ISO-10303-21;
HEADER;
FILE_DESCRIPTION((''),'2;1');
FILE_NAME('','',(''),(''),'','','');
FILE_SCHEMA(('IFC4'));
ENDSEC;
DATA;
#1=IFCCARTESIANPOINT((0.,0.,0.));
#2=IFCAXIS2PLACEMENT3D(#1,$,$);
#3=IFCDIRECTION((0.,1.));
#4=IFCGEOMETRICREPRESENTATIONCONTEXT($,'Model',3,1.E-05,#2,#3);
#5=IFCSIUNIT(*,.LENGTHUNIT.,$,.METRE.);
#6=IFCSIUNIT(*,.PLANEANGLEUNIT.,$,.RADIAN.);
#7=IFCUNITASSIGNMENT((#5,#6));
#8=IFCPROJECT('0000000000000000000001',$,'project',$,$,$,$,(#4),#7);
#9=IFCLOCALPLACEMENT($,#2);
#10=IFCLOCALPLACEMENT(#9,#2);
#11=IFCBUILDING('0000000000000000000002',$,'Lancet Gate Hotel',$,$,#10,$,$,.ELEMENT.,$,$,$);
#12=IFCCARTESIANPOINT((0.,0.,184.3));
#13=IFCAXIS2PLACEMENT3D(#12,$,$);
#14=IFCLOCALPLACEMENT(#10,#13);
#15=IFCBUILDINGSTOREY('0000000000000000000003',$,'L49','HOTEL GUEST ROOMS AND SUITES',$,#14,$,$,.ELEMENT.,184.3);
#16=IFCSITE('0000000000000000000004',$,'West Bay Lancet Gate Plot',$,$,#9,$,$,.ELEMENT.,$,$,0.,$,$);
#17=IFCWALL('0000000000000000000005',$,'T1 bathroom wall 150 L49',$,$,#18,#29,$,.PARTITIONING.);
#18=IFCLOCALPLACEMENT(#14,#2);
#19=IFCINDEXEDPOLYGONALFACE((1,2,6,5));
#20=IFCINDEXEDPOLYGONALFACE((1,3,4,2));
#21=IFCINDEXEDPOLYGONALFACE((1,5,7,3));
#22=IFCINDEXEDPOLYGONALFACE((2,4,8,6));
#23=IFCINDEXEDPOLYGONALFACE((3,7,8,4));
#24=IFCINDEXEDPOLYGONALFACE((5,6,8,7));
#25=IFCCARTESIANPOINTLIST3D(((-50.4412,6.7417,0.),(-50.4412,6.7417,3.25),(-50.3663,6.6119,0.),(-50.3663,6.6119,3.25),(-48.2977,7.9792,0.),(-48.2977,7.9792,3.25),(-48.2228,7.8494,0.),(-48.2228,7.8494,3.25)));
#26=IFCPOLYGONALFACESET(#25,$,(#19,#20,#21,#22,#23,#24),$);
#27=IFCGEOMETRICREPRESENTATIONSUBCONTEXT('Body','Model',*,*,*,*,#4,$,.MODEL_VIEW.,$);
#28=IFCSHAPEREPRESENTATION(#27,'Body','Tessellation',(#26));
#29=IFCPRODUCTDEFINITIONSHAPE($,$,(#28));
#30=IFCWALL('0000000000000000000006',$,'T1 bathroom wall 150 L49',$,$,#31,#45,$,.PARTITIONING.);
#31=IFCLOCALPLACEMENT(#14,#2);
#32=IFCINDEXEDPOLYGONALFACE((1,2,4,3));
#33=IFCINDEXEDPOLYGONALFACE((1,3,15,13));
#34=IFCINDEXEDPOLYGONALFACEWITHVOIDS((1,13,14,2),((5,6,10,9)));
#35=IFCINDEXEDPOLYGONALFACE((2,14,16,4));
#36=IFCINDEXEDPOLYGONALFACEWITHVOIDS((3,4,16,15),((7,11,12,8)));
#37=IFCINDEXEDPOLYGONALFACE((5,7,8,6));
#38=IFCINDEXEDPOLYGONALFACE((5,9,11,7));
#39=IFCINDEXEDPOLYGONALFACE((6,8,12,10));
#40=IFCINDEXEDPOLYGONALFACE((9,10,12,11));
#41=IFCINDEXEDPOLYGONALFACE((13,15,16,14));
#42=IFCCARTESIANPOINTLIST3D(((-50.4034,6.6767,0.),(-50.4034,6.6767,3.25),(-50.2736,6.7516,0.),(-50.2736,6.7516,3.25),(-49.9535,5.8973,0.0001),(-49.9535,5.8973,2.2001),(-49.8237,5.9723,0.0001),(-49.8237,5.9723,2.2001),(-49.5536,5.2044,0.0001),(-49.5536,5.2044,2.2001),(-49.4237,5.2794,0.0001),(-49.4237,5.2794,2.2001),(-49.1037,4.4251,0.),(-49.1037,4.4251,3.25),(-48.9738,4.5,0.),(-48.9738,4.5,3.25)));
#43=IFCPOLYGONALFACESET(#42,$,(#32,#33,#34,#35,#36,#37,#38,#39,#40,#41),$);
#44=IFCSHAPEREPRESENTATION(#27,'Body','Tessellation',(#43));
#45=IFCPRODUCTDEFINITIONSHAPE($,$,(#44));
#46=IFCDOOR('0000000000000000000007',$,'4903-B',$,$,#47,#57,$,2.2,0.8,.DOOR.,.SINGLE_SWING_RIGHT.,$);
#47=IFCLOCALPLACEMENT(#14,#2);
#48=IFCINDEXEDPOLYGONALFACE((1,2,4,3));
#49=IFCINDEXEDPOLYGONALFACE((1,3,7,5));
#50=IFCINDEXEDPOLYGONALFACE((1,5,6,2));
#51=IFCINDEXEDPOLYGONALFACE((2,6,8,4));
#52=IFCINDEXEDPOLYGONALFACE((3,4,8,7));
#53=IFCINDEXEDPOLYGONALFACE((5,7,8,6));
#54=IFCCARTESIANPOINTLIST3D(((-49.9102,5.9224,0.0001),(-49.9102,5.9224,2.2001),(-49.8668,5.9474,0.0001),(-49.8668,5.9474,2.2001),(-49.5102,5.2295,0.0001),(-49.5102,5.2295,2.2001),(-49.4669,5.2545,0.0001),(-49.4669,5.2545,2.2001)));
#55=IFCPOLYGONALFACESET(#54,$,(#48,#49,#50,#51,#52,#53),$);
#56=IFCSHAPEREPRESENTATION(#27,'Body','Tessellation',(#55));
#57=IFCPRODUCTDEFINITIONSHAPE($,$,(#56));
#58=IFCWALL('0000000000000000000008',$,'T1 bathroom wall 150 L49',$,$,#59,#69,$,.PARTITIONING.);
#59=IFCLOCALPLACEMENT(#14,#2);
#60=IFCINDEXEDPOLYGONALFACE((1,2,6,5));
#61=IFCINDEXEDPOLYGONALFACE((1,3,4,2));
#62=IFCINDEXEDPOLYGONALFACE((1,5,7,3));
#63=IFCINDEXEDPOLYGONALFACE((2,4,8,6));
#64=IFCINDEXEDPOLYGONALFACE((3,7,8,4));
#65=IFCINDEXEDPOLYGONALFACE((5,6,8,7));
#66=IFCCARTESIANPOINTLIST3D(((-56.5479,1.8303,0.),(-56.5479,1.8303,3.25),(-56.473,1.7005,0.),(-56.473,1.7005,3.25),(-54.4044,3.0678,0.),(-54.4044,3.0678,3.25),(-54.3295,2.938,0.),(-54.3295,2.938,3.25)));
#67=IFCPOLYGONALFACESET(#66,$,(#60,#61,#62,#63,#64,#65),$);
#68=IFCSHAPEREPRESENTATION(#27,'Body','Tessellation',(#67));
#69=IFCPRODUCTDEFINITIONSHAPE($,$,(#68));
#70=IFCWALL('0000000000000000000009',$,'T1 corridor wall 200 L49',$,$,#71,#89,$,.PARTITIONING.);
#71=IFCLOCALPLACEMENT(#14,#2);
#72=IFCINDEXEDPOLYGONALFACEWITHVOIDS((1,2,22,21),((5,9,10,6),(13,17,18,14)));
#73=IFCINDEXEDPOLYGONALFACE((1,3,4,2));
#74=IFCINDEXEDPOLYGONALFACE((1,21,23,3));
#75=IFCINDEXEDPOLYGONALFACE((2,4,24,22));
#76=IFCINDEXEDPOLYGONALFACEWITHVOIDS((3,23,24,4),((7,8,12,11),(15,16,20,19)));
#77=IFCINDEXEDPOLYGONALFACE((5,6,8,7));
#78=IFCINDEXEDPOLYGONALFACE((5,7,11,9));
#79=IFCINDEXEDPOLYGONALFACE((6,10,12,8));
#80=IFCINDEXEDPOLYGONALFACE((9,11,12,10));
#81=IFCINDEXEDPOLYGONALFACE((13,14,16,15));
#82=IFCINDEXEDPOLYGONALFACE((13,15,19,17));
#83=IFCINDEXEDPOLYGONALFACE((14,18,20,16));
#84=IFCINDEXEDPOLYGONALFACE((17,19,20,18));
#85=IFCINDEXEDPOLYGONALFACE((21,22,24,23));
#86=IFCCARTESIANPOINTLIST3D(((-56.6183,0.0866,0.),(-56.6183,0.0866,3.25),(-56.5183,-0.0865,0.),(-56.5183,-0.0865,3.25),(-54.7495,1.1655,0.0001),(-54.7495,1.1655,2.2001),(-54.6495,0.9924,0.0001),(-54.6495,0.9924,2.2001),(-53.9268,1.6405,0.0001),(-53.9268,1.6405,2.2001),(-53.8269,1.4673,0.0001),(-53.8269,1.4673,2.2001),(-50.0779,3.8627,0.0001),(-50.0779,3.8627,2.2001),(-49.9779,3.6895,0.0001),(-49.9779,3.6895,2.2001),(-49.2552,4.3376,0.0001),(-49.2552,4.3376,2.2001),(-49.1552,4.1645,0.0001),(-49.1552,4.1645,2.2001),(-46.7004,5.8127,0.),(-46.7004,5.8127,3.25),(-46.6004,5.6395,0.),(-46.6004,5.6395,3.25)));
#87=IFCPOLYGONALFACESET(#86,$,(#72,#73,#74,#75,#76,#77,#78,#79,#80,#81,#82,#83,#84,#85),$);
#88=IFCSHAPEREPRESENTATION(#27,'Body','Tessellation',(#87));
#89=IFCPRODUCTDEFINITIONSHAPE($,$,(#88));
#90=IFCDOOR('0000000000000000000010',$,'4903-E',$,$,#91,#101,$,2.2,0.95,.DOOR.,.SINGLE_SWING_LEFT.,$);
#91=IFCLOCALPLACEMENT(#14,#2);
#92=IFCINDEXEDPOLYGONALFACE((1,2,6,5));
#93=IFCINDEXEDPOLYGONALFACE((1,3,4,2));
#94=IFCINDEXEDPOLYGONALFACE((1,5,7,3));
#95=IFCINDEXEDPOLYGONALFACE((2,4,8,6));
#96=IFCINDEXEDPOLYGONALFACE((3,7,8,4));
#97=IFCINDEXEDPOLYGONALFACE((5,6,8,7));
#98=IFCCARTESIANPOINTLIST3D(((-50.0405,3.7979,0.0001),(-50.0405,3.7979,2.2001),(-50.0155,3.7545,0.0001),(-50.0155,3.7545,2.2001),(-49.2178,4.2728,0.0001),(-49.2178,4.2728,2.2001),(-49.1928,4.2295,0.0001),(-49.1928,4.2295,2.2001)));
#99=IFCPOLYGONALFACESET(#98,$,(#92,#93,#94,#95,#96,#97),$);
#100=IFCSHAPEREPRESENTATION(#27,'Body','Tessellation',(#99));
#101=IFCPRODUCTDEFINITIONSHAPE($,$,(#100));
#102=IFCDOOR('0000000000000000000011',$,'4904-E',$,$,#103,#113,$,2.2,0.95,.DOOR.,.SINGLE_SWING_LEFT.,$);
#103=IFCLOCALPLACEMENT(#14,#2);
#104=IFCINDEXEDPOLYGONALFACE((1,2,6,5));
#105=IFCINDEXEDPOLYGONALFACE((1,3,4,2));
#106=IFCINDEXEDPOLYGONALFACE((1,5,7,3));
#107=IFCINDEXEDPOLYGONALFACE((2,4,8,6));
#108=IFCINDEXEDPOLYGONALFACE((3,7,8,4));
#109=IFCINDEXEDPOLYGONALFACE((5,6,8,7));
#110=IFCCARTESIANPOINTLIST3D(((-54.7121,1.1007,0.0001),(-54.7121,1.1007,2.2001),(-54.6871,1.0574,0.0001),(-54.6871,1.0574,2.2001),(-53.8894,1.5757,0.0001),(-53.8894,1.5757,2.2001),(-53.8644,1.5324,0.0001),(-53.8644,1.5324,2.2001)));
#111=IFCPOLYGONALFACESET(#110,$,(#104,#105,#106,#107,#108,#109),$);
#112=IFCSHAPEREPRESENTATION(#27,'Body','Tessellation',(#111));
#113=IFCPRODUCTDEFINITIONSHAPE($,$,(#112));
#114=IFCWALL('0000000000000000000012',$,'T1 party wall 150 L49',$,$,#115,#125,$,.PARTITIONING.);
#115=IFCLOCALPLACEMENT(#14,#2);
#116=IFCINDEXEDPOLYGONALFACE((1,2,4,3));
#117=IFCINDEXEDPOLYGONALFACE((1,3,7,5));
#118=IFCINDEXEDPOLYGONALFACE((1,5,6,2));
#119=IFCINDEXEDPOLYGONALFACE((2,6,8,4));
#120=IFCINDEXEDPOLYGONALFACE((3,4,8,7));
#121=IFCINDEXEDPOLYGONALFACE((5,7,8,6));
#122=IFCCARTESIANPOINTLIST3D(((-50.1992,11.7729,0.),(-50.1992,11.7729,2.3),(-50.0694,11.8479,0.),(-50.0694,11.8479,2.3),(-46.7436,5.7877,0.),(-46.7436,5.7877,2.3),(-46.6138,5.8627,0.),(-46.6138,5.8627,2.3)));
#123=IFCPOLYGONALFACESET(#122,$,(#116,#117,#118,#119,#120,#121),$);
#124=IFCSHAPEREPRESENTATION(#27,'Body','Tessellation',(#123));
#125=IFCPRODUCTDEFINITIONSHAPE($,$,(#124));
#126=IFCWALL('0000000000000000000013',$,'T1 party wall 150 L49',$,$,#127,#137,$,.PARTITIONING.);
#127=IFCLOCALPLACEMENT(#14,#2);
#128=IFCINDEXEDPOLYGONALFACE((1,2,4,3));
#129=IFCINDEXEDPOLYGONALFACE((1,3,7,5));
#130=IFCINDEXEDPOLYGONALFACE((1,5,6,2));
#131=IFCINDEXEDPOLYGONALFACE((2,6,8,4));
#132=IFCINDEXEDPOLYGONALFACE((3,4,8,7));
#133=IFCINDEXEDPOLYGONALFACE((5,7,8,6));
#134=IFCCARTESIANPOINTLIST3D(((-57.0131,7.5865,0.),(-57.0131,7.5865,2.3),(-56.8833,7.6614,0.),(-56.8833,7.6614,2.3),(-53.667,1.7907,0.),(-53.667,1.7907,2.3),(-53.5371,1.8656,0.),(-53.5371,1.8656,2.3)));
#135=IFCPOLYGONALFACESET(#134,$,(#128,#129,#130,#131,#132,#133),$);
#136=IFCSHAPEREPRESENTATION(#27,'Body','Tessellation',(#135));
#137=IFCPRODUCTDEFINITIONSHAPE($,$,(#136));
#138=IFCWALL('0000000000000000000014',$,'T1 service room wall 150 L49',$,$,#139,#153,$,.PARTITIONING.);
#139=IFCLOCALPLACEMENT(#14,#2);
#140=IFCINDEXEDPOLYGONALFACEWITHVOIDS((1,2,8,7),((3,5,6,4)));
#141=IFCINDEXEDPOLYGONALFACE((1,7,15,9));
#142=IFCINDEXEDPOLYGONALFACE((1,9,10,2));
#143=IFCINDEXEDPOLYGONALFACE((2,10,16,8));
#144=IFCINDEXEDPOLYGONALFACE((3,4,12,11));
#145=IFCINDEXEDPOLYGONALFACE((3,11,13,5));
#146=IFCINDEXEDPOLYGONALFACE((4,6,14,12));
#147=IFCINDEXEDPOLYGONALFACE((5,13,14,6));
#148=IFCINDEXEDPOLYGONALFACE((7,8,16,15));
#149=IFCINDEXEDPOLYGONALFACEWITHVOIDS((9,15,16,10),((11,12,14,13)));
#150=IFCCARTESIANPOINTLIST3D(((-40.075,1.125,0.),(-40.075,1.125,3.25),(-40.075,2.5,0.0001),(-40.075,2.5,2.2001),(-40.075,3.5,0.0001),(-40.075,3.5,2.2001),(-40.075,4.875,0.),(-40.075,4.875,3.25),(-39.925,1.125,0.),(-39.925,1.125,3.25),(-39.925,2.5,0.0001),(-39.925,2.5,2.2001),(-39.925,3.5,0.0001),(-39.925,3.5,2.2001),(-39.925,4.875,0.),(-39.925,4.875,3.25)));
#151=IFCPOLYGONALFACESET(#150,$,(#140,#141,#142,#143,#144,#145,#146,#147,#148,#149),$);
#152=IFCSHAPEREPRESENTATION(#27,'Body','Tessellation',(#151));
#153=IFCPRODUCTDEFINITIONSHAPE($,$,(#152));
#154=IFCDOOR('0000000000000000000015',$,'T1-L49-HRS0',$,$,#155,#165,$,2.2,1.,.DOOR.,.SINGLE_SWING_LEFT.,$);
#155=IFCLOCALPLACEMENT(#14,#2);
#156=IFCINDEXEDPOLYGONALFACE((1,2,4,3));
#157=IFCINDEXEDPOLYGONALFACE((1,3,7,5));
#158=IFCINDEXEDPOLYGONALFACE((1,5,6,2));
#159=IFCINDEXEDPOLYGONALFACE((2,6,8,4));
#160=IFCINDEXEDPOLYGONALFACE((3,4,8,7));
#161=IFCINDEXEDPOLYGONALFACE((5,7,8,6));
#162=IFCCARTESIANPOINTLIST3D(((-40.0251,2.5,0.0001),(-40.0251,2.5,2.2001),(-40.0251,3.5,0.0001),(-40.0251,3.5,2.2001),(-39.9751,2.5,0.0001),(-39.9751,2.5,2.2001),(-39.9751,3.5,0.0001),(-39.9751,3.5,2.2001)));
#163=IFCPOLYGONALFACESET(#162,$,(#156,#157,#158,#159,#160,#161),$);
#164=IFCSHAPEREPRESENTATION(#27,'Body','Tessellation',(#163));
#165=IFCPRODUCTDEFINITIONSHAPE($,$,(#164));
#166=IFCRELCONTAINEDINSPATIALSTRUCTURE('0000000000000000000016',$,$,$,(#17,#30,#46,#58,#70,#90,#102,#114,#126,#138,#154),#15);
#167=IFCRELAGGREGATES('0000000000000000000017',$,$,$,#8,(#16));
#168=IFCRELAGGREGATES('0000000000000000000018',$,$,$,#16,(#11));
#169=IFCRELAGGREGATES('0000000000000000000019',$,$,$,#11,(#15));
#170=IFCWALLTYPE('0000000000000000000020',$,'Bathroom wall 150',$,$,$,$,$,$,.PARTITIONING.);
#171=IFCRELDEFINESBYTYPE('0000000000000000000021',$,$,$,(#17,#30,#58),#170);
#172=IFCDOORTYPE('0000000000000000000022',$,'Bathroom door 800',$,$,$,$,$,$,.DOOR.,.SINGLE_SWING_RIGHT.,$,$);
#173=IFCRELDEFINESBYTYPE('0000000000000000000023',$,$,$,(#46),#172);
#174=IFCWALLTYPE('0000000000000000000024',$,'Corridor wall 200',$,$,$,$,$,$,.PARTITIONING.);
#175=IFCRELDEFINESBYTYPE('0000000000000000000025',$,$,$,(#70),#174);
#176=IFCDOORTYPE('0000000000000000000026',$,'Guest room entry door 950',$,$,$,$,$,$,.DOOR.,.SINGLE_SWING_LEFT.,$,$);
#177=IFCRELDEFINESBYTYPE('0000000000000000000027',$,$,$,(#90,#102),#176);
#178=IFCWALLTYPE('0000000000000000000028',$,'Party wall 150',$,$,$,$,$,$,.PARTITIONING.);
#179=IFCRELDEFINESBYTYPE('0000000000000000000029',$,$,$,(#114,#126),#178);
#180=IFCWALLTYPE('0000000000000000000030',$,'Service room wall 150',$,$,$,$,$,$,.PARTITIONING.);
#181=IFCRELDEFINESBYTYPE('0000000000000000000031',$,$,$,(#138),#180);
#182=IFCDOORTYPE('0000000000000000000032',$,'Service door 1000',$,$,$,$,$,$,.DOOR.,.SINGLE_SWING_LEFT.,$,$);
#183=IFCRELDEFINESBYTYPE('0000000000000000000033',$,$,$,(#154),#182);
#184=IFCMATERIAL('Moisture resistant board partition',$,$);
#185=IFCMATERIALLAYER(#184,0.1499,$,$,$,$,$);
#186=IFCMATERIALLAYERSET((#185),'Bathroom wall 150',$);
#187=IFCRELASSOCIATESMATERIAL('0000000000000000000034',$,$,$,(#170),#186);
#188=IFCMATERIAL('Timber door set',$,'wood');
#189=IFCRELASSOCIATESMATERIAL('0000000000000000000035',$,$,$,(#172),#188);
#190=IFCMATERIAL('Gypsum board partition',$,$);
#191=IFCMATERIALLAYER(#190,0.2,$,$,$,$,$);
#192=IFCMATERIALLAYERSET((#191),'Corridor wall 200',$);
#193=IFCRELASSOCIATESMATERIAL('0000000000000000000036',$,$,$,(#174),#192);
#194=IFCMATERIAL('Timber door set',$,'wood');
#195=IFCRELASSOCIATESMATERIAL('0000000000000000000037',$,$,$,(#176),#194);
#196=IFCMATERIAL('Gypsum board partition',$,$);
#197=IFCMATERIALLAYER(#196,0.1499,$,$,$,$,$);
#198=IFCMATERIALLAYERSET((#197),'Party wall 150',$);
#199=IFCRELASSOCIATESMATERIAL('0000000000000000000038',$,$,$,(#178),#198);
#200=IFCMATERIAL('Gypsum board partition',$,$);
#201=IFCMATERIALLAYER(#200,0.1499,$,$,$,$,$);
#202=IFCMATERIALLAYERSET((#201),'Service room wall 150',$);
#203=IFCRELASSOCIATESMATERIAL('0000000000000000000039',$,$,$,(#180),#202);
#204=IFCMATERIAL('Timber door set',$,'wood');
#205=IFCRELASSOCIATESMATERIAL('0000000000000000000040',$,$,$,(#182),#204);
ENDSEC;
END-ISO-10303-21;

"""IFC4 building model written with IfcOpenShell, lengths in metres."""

from ifc_helpers import new_model, si_unit, direction, frame, frame_2d, origin, place, context, subcontext, project, spatial, rectangle, extrude, material, layer, layer_set, type_object, element, fill, save


model = new_model("IFC4")

# Units and contexts
model_context = context("Model", 3, precision=1e-05, world=origin(), true_north=direction((0.0, 1.0)))
body_context = subcontext(model_context, "Body", "Model", "MODEL_VIEW")
ifc_project = project(units=[si_unit("LENGTHUNIT", "METRE"), si_unit("PLANEANGLEUNIT", "RADIAN")], contexts=[model_context])

# Site, building, storey
site_placement = place(None, origin())
site = spatial("IfcSite", under=ifc_project, at=site_placement, Name="West Bay Lancet Gate Plot", CompositionType="ELEMENT", RefElevation=0.0)
building_placement = place(site_placement, origin())
building = spatial("IfcBuilding", under=site, at=building_placement, Name="Lancet Gate Hotel", CompositionType="ELEMENT")
storey_placement = place(building_placement, frame((0.0, 0.0, 184.3)))
storey = spatial("IfcBuildingStorey", under=building, at=storey_placement, Name="L49", Description="HOTEL GUEST ROOMS AND SUITES", CompositionType="ELEMENT", Elevation=184.3)

# Wall
ifc_material_1 = material(Name="Moisture resistant board partition")
ifc_layer_1 = layer(ifc_material_1, 0.1499)
ifc_layer_set_1 = layer_set([ifc_layer_1], Name="Bathroom wall 150")
wall_type_1 = type_object("IfcWallType", Name="Bathroom wall 150", PredefinedType="PARTITIONING", material=ifc_layer_set_1)
wall_1_placement = place(storey_placement, frame((-48.2603, 7.9143, 0.0), z_axis=(0.0, 0.0, 1.0), x_axis=(-0.866031, -0.49999, 0.0)))
element("IfcWall", 1, at=wall_1_placement, inside=storey, type_object=wall_type_1, Name="T1 bathroom wall 150 L49", PredefinedType="PARTITIONING", context=body_context, shape_type="SweptSolid", body=[
    extrude(rectangle(XDim=2.4751, YDim=0.1499, at=frame_2d((1.2375, 0.0))), origin(), (0.0, 0.0, 1.0), 3.25),
])

# Wall, opening, door
wall_2_placement = place(storey_placement, frame((-49.0388, 4.4626, 0.0), z_axis=(0.0, 0.0, 1.0), x_axis=(-0.499937, 0.866062, 0.0)))
wall_2 = element("IfcWall", 2, at=wall_2_placement, inside=storey, type_object=wall_type_1, Name="T1 bathroom wall 150 L49", PredefinedType="PARTITIONING", context=body_context, shape_type="SweptSolid", body=[
    extrude(rectangle(XDim=2.5999, YDim=0.1499, at=frame_2d((1.2998, 0.0))), origin(), (0.0, 0.0, 1.0), 3.25),
])
opening_1_placement = place(wall_2_placement, frame((0.8999, 0.0, 0.0)))
opening_1 = element("IfcOpeningElement", 3, at=opening_1_placement, cuts=wall_2, PredefinedType="OPENING", context=body_context, shape_type="SweptSolid", body=[
    extrude(rectangle(XDim=0.8, YDim=2.2, at=frame_2d((0.3999, 1.1001))), frame((0.0, 0.085, 0.0), z_axis=(0.0, -1.0, 0.0), x_axis=(1.0, 0.0, 0.0)), (0.0, 0.0, 1.0), 0.1699),
])
ifc_material_2 = material(Name="Timber door set", Category="wood")
door_type_1 = type_object("IfcDoorType", Name="Bathroom door 800", OperationType="SINGLE_SWING_RIGHT", PredefinedType="DOOR", material=ifc_material_2)
door_1_placement = place(opening_1_placement, origin())
door_1 = element("IfcDoor", 4, at=door_1_placement, inside=storey, type_object=door_type_1, Name="4903-B", OperationType="SINGLE_SWING_RIGHT", OverallHeight=2.2, OverallWidth=0.8, PredefinedType="DOOR", context=body_context, shape_type="SweptSolid", body=[
    extrude(rectangle(XDim=0.8, YDim=2.2, at=frame_2d((0.3999, 1.1001))), frame((0.0, 0.0249, 0.0), z_axis=(0.0, -1.0, 0.0), x_axis=(1.0, 0.0, 0.0)), (0.0, 0.0, 1.0), 0.05),
])
fill(opening_1, door_1)

# Wall
wall_3_placement = place(storey_placement, frame((-54.3669, 3.0029, 0.0), z_axis=(0.0, 0.0, 1.0), x_axis=(-0.866031, -0.49999, 0.0)))
element("IfcWall", 5, at=wall_3_placement, inside=storey, type_object=wall_type_1, Name="T1 bathroom wall 150 L49", PredefinedType="PARTITIONING", context=body_context, shape_type="SweptSolid", body=[
    extrude(rectangle(XDim=2.4751, YDim=0.1499, at=frame_2d((1.2375, 0.0))), origin(), (0.0, 0.0, 1.0), 3.25),
])

# Wall, openings, doors
ifc_material_3 = material(Name="Gypsum board partition")
ifc_layer_2 = layer(ifc_material_3, 0.2)
ifc_layer_set_2 = layer_set([ifc_layer_2], Name="Corridor wall 200")
wall_type_2 = type_object("IfcWallType", Name="Corridor wall 200", PredefinedType="PARTITIONING", material=ifc_layer_set_2)
wall_4_placement = place(storey_placement, frame((-46.6504, 5.7261, 0.0), z_axis=(0.0, 0.0, 1.0), x_axis=(-0.866028, -0.499996, 0.0)))
wall_4 = element("IfcWall", 6, at=wall_4_placement, inside=storey, type_object=wall_type_2, Name="T1 corridor wall 200 L49", PredefinedType="PARTITIONING", context=body_context, shape_type="SweptSolid", body=[
    extrude(rectangle(XDim=11.4521, YDim=0.2, at=frame_2d((5.7261, 0.0))), origin(), (0.0, 0.0, 1.0), 3.25),
])
opening_2_placement = place(wall_4_placement, frame((2.95, 0.0, 0.0)))
opening_2 = element("IfcOpeningElement", 7, at=opening_2_placement, cuts=wall_4, PredefinedType="OPENING", context=body_context, shape_type="SweptSolid", body=[
    extrude(rectangle(XDim=0.95, YDim=2.2, at=frame_2d((0.4751, 1.1001))), frame((0.0, 0.1099, 0.0), z_axis=(0.0, -1.0, 0.0), x_axis=(1.0, 0.0, 0.0)), (0.0, 0.0, 1.0), 0.22),
])
opening_3_placement = place(wall_4_placement, frame((8.3442, 0.0, 0.0)))
opening_3 = element("IfcOpeningElement", 8, at=opening_3_placement, cuts=wall_4, PredefinedType="OPENING", context=body_context, shape_type="SweptSolid", body=[
    extrude(rectangle(XDim=0.95, YDim=2.2, at=frame_2d((0.4751, 1.1001))), frame((0.0, 0.1099, 0.0), z_axis=(0.0, -1.0, 0.0), x_axis=(1.0, 0.0, 0.0)), (0.0, 0.0, 1.0), 0.22),
])
ifc_material_4 = material(Name="Timber door set", Category="wood")
door_type_2 = type_object("IfcDoorType", Name="Guest room entry door 950", OperationType="SINGLE_SWING_LEFT", PredefinedType="DOOR", material=ifc_material_4)
door_2_placement = place(opening_2_placement, origin())
door_2 = element("IfcDoor", 9, at=door_2_placement, inside=storey, type_object=door_type_2, Name="4903-E", OperationType="SINGLE_SWING_LEFT", OverallHeight=2.2, OverallWidth=0.95, PredefinedType="DOOR", context=body_context, shape_type="SweptSolid", body=[
    extrude(rectangle(XDim=0.95, YDim=2.2, at=frame_2d((0.4751, 1.1001))), frame((0.0, 0.0249, 0.0), z_axis=(0.0, -1.0, 0.0), x_axis=(1.0, 0.0, 0.0)), (0.0, 0.0, 1.0), 0.05),
])
fill(opening_2, door_2)
door_3_placement = place(opening_3_placement, origin())
door_3 = element("IfcDoor", 10, at=door_3_placement, inside=storey, type_object=door_type_2, Name="4904-E", OperationType="SINGLE_SWING_LEFT", OverallHeight=2.2, OverallWidth=0.95, PredefinedType="DOOR", context=body_context, shape_type="SweptSolid", body=[
    extrude(rectangle(XDim=0.95, YDim=2.2, at=frame_2d((0.4751, 1.1001))), frame((0.0, 0.0249, 0.0), z_axis=(0.0, -1.0, 0.0), x_axis=(1.0, 0.0, 0.0)), (0.0, 0.0, 1.0), 0.05),
])
fill(opening_3, door_3)

# Walls
ifc_material_5 = material(Name="Gypsum board partition")
ifc_layer_3 = layer(ifc_material_5, 0.1499)
ifc_layer_set_3 = layer_set([ifc_layer_3], Name="Party wall 150")
wall_type_3 = type_object("IfcWallType", Name="Party wall 150", PredefinedType="PARTITIONING", material=ifc_layer_set_3)
wall_5_placement = place(storey_placement, frame((-46.6787, 5.8252, 0.0), z_axis=(0.0, 0.0, 1.0), x_axis=(-0.500007, 0.866021, 0.0)))
element("IfcWall", 11, at=wall_5_placement, inside=storey, type_object=wall_type_3, Name="T1 party wall 150 L49", PredefinedType="PARTITIONING", context=body_context, shape_type="SweptSolid", body=[
    extrude(rectangle(XDim=6.9111, YDim=0.1499, at=frame_2d((3.4556, 0.0))), origin(), (0.0, 0.0, 1.0), 2.3),
])
wall_6_placement = place(storey_placement, frame((-53.6021, 1.8281, 0.0), z_axis=(0.0, 0.0, 1.0), x_axis=(-0.499992, 0.86603, 0.0)))
element("IfcWall", 12, at=wall_6_placement, inside=storey, type_object=wall_type_3, Name="T1 party wall 150 L49", PredefinedType="PARTITIONING", context=body_context, shape_type="SweptSolid", body=[
    extrude(rectangle(XDim=6.6924, YDim=0.1499, at=frame_2d((3.3462, 0.0))), origin(), (0.0, 0.0, 1.0), 2.3),
])

# Wall, opening, door
ifc_material_6 = material(Name="Gypsum board partition")
ifc_layer_4 = layer(ifc_material_6, 0.1499)
ifc_layer_set_4 = layer_set([ifc_layer_4], Name="Service room wall 150")
wall_type_4 = type_object("IfcWallType", Name="Service room wall 150", PredefinedType="PARTITIONING", material=ifc_layer_set_4)
wall_7_placement = place(storey_placement, frame((-40.0, 4.875, 0.0), z_axis=(0.0, 0.0, 1.0), x_axis=(0.0, -1.0, 0.0)))
wall_7 = element("IfcWall", 13, at=wall_7_placement, inside=storey, type_object=wall_type_4, Name="T1 service room wall 150 L49", PredefinedType="PARTITIONING", context=body_context, shape_type="SweptSolid", body=[
    extrude(rectangle(XDim=3.75, YDim=0.1499, at=frame_2d((1.875, 0.0))), origin(), (0.0, 0.0, 1.0), 3.25),
])
opening_4_placement = place(wall_7_placement, frame((1.375, 0.0, 0.0)))
opening_4 = element("IfcOpeningElement", 14, at=opening_4_placement, cuts=wall_7, PredefinedType="OPENING", context=body_context, shape_type="SweptSolid", body=[
    extrude(rectangle(XDim=1.0, YDim=2.2, at=frame_2d((0.5, 1.1001))), frame((0.0, 0.085, 0.0), z_axis=(0.0, -1.0, 0.0), x_axis=(1.0, 0.0, 0.0)), (0.0, 0.0, 1.0), 0.1699),
])
ifc_material_7 = material(Name="Timber door set", Category="wood")
door_type_3 = type_object("IfcDoorType", Name="Service door 1000", OperationType="SINGLE_SWING_LEFT", PredefinedType="DOOR", material=ifc_material_7)
door_4_placement = place(opening_4_placement, origin())
door_4 = element("IfcDoor", 15, at=door_4_placement, inside=storey, type_object=door_type_3, Name="T1-L49-HRS0", OperationType="SINGLE_SWING_LEFT", OverallHeight=2.2, OverallWidth=1.0, PredefinedType="DOOR", context=body_context, shape_type="SweptSolid", body=[
    extrude(rectangle(XDim=1.0, YDim=2.2, at=frame_2d((0.5, 1.1001))), frame((0.0, 0.0249, 0.0), z_axis=(0.0, -1.0, 0.0), x_axis=(1.0, 0.0, 0.0)), (0.0, 0.0, 1.0), 0.05),
])
fill(opening_4, door_4)

save(model, "model.ifc")
